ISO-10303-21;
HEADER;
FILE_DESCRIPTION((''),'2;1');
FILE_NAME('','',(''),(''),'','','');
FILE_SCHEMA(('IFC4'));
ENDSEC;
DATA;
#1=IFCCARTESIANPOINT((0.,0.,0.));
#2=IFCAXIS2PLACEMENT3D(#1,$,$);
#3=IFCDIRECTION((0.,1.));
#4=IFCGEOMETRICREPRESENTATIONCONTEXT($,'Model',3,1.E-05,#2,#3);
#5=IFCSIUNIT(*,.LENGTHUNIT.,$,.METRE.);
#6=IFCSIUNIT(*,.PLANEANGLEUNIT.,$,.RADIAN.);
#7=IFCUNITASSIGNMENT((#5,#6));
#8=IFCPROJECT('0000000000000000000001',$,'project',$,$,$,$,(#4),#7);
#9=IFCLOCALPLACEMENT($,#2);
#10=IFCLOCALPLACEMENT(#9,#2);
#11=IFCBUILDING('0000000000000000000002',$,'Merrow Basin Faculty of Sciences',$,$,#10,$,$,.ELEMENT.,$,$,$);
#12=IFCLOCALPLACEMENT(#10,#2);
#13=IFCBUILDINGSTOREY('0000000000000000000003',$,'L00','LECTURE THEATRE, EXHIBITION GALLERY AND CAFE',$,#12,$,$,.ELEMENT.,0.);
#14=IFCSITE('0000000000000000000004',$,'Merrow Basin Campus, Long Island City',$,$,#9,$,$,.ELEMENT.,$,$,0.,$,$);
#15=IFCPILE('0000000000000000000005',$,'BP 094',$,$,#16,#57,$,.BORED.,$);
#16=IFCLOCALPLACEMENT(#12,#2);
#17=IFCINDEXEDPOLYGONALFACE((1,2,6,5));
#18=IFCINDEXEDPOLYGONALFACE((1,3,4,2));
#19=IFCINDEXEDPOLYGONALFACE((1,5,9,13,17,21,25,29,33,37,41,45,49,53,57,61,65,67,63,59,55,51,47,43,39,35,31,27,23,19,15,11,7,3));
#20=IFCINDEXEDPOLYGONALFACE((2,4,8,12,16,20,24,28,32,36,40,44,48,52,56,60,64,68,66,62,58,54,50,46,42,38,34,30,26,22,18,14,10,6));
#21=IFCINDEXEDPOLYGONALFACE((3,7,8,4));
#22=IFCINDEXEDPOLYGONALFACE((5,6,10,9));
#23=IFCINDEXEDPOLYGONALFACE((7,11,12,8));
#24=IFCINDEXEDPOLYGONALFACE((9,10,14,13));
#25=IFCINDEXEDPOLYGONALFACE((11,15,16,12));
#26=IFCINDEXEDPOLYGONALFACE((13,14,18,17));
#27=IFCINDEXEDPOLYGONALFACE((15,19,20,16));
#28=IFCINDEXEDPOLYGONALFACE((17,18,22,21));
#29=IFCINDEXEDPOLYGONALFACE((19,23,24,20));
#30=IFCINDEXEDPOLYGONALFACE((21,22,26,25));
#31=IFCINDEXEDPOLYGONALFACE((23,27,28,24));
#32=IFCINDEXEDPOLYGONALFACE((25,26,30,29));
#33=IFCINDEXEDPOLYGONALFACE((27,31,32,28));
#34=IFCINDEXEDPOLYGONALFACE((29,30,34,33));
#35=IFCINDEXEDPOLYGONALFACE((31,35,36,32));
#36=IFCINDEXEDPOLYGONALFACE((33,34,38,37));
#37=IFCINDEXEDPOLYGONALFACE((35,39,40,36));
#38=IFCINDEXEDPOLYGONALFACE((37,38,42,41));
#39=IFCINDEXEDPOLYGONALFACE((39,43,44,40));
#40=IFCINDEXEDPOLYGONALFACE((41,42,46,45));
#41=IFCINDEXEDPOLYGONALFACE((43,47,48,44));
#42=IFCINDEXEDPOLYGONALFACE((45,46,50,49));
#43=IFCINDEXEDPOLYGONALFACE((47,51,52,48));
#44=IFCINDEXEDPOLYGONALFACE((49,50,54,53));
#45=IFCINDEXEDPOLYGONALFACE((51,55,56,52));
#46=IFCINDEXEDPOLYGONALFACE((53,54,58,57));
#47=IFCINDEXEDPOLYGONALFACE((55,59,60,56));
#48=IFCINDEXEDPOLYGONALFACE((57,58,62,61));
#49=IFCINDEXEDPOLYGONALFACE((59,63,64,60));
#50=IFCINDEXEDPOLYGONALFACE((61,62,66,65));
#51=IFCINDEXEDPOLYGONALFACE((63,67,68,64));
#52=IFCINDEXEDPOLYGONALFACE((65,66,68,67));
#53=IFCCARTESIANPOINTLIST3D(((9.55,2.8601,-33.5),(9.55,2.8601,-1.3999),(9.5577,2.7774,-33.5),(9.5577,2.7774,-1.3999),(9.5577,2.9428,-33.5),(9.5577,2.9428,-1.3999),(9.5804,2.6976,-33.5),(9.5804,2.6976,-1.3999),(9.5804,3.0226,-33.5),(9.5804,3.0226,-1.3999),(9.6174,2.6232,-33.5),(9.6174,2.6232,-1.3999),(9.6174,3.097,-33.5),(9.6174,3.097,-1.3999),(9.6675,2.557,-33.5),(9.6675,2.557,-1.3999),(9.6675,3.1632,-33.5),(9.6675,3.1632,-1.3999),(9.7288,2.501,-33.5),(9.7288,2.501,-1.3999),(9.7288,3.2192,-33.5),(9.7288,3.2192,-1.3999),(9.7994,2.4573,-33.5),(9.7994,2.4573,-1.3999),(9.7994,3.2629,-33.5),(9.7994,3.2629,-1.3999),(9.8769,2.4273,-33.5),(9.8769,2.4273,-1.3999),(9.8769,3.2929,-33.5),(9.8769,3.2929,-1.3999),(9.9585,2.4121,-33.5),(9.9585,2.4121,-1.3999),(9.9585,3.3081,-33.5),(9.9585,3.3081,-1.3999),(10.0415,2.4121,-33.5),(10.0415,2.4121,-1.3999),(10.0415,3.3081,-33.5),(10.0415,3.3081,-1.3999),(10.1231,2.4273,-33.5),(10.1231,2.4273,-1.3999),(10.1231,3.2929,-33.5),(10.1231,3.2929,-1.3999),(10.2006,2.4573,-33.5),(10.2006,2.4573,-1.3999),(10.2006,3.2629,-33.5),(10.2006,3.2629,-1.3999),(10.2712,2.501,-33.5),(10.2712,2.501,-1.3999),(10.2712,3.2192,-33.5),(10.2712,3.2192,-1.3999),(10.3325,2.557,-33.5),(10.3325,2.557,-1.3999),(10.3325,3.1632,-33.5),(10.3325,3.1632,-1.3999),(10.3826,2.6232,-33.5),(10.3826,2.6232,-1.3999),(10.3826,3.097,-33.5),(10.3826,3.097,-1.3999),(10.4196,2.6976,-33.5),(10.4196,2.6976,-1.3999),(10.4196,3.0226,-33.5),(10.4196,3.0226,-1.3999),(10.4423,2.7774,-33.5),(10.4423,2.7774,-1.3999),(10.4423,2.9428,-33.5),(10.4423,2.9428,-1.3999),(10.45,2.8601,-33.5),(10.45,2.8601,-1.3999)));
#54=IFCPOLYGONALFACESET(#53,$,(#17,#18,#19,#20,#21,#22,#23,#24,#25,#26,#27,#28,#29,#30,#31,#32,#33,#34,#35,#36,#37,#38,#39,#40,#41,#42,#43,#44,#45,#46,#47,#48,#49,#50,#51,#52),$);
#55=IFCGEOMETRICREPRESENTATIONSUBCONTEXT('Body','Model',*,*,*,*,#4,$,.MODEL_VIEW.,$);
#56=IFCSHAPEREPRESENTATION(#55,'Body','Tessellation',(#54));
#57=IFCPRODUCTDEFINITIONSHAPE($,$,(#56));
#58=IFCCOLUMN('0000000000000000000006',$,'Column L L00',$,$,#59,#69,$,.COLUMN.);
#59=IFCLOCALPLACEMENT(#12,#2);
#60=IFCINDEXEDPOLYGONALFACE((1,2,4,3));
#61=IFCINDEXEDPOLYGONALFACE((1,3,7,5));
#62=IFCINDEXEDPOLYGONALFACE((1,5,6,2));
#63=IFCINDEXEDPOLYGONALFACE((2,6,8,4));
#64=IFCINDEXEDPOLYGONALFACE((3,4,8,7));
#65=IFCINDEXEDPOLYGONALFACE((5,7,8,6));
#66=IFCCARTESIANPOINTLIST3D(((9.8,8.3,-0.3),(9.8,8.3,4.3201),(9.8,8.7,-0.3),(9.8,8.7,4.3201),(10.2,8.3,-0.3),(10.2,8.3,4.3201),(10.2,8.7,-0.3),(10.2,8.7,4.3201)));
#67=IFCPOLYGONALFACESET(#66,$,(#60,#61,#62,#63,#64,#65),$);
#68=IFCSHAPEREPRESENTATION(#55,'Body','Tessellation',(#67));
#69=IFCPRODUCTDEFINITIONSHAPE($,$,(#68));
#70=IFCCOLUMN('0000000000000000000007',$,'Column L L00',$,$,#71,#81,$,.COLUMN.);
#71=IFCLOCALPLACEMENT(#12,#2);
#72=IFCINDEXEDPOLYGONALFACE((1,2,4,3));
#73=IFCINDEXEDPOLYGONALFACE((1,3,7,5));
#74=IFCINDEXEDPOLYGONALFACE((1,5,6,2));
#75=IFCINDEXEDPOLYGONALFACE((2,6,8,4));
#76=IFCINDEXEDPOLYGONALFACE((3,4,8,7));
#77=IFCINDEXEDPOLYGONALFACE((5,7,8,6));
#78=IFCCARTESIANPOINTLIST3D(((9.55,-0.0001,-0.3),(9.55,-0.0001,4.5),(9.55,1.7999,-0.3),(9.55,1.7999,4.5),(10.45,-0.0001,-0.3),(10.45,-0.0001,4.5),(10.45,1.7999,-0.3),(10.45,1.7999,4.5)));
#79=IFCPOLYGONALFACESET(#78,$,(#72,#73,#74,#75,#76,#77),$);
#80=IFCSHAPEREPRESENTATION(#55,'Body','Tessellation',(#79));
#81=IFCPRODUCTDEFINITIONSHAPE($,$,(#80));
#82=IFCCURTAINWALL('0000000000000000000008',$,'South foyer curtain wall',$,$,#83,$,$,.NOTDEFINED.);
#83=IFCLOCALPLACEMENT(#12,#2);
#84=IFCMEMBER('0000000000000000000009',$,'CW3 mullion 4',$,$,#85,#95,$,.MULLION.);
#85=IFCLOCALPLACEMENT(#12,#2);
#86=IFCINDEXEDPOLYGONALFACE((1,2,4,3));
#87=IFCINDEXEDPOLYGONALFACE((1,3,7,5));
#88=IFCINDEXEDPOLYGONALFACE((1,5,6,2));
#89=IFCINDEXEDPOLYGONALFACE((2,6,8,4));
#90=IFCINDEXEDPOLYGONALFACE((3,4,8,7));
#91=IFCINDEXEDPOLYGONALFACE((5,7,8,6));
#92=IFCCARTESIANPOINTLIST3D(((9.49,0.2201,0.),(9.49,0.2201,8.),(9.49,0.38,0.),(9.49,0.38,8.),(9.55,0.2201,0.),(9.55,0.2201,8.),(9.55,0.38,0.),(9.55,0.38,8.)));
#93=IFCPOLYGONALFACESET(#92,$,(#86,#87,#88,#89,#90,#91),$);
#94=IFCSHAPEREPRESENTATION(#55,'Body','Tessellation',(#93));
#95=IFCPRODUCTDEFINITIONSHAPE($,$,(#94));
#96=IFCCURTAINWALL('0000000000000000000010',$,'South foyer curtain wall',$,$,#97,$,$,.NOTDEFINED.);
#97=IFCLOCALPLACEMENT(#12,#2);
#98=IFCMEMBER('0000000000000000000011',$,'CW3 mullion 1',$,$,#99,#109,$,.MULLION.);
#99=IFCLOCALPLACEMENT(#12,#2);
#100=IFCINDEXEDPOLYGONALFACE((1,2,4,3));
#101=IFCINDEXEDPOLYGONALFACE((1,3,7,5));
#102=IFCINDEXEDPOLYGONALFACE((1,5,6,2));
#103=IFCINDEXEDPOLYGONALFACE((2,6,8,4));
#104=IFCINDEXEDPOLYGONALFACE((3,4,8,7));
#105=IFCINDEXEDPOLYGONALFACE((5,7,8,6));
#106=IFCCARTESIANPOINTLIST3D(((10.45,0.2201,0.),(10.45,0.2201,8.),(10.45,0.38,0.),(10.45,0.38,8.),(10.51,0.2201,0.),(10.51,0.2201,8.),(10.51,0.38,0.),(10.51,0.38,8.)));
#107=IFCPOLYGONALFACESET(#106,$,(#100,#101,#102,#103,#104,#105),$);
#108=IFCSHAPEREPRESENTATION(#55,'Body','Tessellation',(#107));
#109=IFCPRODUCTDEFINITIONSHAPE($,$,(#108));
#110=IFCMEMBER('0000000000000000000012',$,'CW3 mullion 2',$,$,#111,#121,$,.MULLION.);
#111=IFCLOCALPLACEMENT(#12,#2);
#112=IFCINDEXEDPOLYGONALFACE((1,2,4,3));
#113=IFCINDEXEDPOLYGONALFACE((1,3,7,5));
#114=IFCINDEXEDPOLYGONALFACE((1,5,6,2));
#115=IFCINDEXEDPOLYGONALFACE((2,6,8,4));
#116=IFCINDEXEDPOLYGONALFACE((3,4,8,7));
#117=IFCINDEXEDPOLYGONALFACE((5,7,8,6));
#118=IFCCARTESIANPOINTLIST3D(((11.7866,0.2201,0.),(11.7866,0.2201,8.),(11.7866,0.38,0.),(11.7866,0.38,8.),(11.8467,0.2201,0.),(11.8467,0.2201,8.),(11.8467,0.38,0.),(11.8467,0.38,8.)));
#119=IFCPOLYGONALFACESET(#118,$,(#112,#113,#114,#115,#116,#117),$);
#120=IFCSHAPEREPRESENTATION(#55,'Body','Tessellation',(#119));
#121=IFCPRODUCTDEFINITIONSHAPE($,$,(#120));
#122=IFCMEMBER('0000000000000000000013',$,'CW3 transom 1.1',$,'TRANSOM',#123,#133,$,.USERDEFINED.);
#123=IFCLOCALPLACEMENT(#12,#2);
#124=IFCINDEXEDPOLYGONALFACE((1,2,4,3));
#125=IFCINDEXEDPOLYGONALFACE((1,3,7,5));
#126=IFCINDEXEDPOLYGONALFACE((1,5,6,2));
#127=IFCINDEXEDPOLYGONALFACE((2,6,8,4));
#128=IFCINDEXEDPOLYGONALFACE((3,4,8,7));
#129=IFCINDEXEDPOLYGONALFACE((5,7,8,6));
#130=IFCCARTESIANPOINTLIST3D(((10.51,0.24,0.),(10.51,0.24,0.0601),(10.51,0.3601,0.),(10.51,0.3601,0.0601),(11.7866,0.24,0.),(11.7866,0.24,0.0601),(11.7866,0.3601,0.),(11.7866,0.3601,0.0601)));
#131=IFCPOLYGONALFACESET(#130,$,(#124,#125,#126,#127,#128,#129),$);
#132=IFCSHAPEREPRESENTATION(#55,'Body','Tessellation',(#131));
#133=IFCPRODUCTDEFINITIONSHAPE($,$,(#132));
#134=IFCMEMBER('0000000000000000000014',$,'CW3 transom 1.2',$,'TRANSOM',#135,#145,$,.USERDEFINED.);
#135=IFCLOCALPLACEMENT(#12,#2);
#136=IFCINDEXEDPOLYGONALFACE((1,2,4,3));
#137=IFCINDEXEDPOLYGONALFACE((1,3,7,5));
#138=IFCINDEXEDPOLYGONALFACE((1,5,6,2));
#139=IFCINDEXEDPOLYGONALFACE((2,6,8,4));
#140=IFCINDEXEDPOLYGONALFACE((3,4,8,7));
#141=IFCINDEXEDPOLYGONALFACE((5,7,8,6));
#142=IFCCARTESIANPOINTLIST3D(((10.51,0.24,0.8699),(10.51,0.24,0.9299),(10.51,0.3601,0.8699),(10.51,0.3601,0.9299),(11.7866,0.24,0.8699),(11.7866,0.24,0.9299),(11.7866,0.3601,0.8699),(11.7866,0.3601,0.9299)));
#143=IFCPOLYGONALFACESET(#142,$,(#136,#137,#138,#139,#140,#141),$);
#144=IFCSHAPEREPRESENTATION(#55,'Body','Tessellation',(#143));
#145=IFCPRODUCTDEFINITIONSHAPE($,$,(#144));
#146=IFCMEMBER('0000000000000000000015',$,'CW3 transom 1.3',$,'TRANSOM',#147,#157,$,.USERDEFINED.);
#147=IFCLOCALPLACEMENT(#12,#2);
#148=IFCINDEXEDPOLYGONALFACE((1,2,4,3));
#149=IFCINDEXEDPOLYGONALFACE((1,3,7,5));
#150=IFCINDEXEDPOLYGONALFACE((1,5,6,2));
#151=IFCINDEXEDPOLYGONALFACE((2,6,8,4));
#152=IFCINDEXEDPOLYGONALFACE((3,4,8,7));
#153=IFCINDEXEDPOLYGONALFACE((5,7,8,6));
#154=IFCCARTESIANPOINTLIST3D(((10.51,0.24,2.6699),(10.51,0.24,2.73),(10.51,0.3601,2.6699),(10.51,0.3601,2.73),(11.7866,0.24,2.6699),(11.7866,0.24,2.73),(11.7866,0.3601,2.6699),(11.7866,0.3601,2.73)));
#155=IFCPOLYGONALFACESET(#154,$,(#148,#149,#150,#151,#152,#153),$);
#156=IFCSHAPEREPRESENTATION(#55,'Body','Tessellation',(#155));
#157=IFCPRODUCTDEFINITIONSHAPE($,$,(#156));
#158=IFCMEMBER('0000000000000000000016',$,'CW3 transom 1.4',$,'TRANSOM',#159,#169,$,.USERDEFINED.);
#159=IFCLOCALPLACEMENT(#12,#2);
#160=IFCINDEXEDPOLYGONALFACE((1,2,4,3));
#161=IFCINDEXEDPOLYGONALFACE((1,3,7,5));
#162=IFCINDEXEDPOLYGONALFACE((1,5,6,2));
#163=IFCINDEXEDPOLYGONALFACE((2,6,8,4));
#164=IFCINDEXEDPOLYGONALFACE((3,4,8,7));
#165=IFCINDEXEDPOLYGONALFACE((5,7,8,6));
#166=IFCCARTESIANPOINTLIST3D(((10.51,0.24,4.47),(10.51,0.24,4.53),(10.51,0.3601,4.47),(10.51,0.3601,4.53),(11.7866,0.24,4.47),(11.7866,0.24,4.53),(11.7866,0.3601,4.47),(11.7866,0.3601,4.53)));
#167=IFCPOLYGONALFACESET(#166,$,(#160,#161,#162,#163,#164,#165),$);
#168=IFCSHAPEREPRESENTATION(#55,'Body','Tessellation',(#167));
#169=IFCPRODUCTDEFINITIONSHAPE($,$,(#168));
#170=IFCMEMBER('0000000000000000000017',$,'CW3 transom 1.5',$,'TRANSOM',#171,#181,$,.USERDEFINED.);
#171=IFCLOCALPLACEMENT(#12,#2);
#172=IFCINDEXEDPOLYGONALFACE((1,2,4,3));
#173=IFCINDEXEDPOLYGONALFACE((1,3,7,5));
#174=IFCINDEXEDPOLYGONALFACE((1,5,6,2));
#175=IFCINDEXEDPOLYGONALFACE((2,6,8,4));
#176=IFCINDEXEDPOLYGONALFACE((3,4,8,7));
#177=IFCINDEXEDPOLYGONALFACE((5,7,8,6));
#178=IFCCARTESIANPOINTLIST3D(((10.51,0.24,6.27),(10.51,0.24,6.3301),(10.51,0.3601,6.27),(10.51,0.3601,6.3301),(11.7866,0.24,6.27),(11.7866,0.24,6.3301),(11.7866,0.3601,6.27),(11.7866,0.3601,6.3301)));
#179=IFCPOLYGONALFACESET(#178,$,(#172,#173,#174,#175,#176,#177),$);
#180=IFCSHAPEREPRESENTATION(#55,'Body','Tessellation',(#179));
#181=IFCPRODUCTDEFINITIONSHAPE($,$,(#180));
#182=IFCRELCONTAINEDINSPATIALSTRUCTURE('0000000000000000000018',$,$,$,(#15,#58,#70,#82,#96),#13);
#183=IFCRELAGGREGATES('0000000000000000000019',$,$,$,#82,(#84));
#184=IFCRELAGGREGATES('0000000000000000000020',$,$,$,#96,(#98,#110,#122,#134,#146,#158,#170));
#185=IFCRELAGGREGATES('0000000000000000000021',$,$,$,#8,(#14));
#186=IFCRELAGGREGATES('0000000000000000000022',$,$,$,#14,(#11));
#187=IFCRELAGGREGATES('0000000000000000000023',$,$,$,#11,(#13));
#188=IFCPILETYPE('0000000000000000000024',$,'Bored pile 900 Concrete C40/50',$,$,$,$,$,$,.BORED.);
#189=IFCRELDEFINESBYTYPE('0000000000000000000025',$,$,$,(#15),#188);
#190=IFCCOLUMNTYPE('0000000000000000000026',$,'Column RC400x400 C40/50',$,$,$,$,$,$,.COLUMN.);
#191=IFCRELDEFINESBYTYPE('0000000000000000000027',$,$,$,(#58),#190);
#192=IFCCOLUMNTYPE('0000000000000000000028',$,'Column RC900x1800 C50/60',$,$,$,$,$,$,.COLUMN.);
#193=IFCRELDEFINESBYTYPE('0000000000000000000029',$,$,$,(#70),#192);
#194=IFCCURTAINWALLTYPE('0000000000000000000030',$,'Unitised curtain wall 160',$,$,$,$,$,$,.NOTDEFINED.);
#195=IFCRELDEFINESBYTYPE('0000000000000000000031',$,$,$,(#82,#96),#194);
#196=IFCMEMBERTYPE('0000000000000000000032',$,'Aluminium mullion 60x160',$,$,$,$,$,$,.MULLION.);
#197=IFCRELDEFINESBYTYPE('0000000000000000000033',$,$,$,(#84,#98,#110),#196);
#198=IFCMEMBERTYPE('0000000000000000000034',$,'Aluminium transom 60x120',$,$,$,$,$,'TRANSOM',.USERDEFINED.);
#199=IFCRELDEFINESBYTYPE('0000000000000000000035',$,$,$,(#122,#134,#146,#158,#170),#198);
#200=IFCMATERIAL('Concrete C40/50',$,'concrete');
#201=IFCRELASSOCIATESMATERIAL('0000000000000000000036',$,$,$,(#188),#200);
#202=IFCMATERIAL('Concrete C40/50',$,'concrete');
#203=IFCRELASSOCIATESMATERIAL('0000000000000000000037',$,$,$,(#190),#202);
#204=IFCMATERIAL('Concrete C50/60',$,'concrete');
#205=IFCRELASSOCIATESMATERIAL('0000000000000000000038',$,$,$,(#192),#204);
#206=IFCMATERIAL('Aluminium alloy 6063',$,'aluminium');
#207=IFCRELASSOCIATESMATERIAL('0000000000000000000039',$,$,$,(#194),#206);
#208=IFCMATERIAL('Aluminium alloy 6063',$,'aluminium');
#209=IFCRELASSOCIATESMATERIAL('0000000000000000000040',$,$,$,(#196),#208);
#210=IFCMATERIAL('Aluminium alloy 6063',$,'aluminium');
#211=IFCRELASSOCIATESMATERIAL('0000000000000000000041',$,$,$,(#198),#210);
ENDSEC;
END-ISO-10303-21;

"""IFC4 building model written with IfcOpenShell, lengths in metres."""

from ifc_helpers import new_model, si_unit, direction, frame, origin, origin_2d, place, context, subcontext, project, spatial, rectangle, circle, extrude, material, material_profile, profile_set, type_object, element, aggregate, save


model = new_model("IFC4")

# Units and contexts
model_context = context("Model", 3, precision=1e-05, world=origin(), true_north=direction((0.0, 1.0)))
body_context = subcontext(model_context, "Body", "Model", "MODEL_VIEW")
ifc_project = project(units=[si_unit("LENGTHUNIT", "METRE"), si_unit("PLANEANGLEUNIT", "RADIAN")], contexts=[model_context])

# Site, building, storey
site_placement = place(None, origin())
site = spatial("IfcSite", under=ifc_project, at=site_placement, Name="Merrow Basin Campus, Long Island City", CompositionType="ELEMENT", RefElevation=0.0)
building_placement = place(site_placement, origin())
building = spatial("IfcBuilding", under=site, at=building_placement, Name="Merrow Basin Faculty of Sciences", CompositionType="ELEMENT")
storey_placement = place(building_placement, origin())
storey = spatial("IfcBuildingStorey", under=building, at=storey_placement, Name="L00", Description="LECTURE THEATRE, EXHIBITION GALLERY AND CAFE", CompositionType="ELEMENT", Elevation=0.0)

# Pile
ifc_material_1 = material(Name="Concrete C40/50", Category="concrete")
ifc_material_profile_1 = material_profile(ifc_material_1, circle(Radius=0.45, at=origin_2d()))
ifc_profile_set_1 = profile_set([ifc_material_profile_1], Name="Concrete C40/50")
pile_type_1 = type_object("IfcPileType", Name="Bored pile 900 Concrete C40/50", PredefinedType="BORED", material=ifc_profile_set_1)
for number, where, z_axis, x_axis, name in (
    (1, (10.0, 2.8601, -1.3999), (0.0, 0.0, -1.0), (1.0, 0.0, 0.0), "BP 094"),
):
    element("IfcPile", number, at=place(storey_placement, frame(where, z_axis=z_axis, x_axis=x_axis)), inside=storey, type_object=pile_type_1, Name=name, PredefinedType="BORED", context=body_context, shape_type="SweptSolid", body=[
        extrude(circle(Radius=0.45, at=origin_2d()), origin(), (0.0, 0.0, 1.0), 32.1001),
    ])

# Columns
ifc_material_2 = material(Name="Concrete C40/50", Category="concrete")
ifc_material_profile_2 = material_profile(ifc_material_2, rectangle(XDim=0.3999, YDim=0.3999, at=origin_2d()))
ifc_profile_set_2 = profile_set([ifc_material_profile_2], Name="Concrete C40/50")
column_type_1 = type_object("IfcColumnType", Name="Column RC400x400 C40/50", PredefinedType="COLUMN", material=ifc_profile_set_2)
column_1_placement = place(storey_placement, frame((10.0, 8.5, -0.3), z_axis=(0.0, 0.0, 1.0), x_axis=(1.0, 0.0, 0.0)))
element("IfcColumn", 2, at=column_1_placement, inside=storey, type_object=column_type_1, Name="Column L L00", PredefinedType="COLUMN", context=body_context, shape_type="SweptSolid", body=[
    extrude(rectangle(XDim=0.3999, YDim=0.3999, at=origin_2d()), origin(), (0.0, 0.0, 1.0), 4.6201),
])
ifc_material_3 = material(Name="Concrete C50/60", Category="concrete")
ifc_material_profile_3 = material_profile(ifc_material_3, rectangle(XDim=0.8999, YDim=1.8, at=origin_2d()))
ifc_profile_set_3 = profile_set([ifc_material_profile_3], Name="Concrete C50/60")
column_type_2 = type_object("IfcColumnType", Name="Column RC900x1800 C50/60", PredefinedType="COLUMN", material=ifc_profile_set_3)
column_2_placement = place(storey_placement, frame((10.0, 0.8999, -0.3), z_axis=(0.0, 0.0, 1.0), x_axis=(1.0, 0.0, 0.0)))
element("IfcColumn", 3, at=column_2_placement, inside=storey, type_object=column_type_2, Name="Column L L00", PredefinedType="COLUMN", context=body_context, shape_type="SweptSolid", body=[
    extrude(rectangle(XDim=0.8999, YDim=1.8, at=origin_2d()), origin(), (0.0, 0.0, 1.0), 4.8),
])

# Curtain wall, member
ifc_material_4 = material(Name="Aluminium alloy 6063", Category="aluminium")
curtain_wall_type = type_object("IfcCurtainWallType", Name="Unitised curtain wall 160", PredefinedType="NOTDEFINED", material=ifc_material_4)
curtain_wall_1_placement = place(storey_placement, origin())
curtain_wall_1 = element("IfcCurtainWall", 4, at=curtain_wall_1_placement, inside=storey, type_object=curtain_wall_type, Name="South foyer curtain wall", PredefinedType="NOTDEFINED")
ifc_material_5 = material(Name="Aluminium alloy 6063", Category="aluminium")
ifc_material_profile_4 = material_profile(ifc_material_5, rectangle(XDim=0.1599, YDim=0.0601, at=origin_2d()))
ifc_profile_set_4 = profile_set([ifc_material_profile_4], Name="Aluminium alloy 6063")
member_type_1 = type_object("IfcMemberType", Name="Aluminium mullion 60x160", PredefinedType="MULLION", material=ifc_profile_set_4)
member_1_placement = place(storey_placement, frame((9.52, 0.3, 0.0), z_axis=(0.0, 0.0, 1.0), x_axis=(0.0, 1.0, 0.0)))
member_1 = element("IfcMember", 5, at=member_1_placement, type_object=member_type_1, Name="CW3 mullion 4", PredefinedType="MULLION", context=body_context, shape_type="SweptSolid", body=[
    extrude(rectangle(XDim=0.1599, YDim=0.0601, at=origin_2d()), origin(), (0.0, 0.0, 1.0), 8.0),
])

# Curtain wall, members
curtain_wall_2_placement = place(storey_placement, origin())
curtain_wall_2 = element("IfcCurtainWall", 6, at=curtain_wall_2_placement, inside=storey, type_object=curtain_wall_type, Name="South foyer curtain wall", PredefinedType="NOTDEFINED")
member_2_placement = place(storey_placement, frame((10.48, 0.3, 0.0), z_axis=(0.0, 0.0, 1.0), x_axis=(0.0, 1.0, 0.0)))
member_2 = element("IfcMember", 7, at=member_2_placement, type_object=member_type_1, Name="CW3 mullion 1", PredefinedType="MULLION", context=body_context, shape_type="SweptSolid", body=[
    extrude(rectangle(XDim=0.1599, YDim=0.0601, at=origin_2d()), origin(), (0.0, 0.0, 1.0), 8.0),
])
member_3_placement = place(storey_placement, frame((11.8167, 0.3, 0.0), z_axis=(0.0, 0.0, 1.0), x_axis=(0.0, 1.0, 0.0)))
member_3 = element("IfcMember", 8, at=member_3_placement, type_object=member_type_1, Name="CW3 mullion 2", PredefinedType="MULLION", context=body_context, shape_type="SweptSolid", body=[
    extrude(rectangle(XDim=0.1599, YDim=0.0601, at=origin_2d()), origin(), (0.0, 0.0, 1.0), 8.0),
])
ifc_material_6 = material(Name="Aluminium alloy 6063", Category="aluminium")
ifc_material_profile_5 = material_profile(ifc_material_6, rectangle(XDim=0.1201, YDim=0.0601, at=origin_2d()))
ifc_profile_set_5 = profile_set([ifc_material_profile_5], Name="Aluminium alloy 6063")
member_type_2 = type_object("IfcMemberType", Name="Aluminium transom 60x120", ElementType="TRANSOM", PredefinedType="USERDEFINED", material=ifc_profile_set_5)
member_4_placement = place(storey_placement, frame((10.51, 0.3, 0.03), z_axis=(1.0, 0.0, 0.0), x_axis=(0.0, 1.0, 0.0)))
member_4 = element("IfcMember", 9, at=member_4_placement, type_object=member_type_2, Name="CW3 transom 1.1", ObjectType="TRANSOM", PredefinedType="USERDEFINED", context=body_context, shape_type="SweptSolid", body=[
    extrude(rectangle(XDim=0.1201, YDim=0.0601, at=origin_2d()), origin(), (0.0, 0.0, 1.0), 1.2766),
])
member_5_placement = place(storey_placement, frame((10.51, 0.3, 0.8999), z_axis=(1.0, 0.0, 0.0), x_axis=(0.0, 1.0, 0.0)))
member_5 = element("IfcMember", 10, at=member_5_placement, type_object=member_type_2, Name="CW3 transom 1.2", ObjectType="TRANSOM", PredefinedType="USERDEFINED", context=body_context, shape_type="SweptSolid", body=[
    extrude(rectangle(XDim=0.1201, YDim=0.0601, at=origin_2d()), origin(), (0.0, 0.0, 1.0), 1.2766),
])
member_6_placement = place(storey_placement, frame((10.51, 0.3, 2.7), z_axis=(1.0, 0.0, 0.0), x_axis=(0.0, 1.0, 0.0)))
member_6 = element("IfcMember", 11, at=member_6_placement, type_object=member_type_2, Name="CW3 transom 1.3", ObjectType="TRANSOM", PredefinedType="USERDEFINED", context=body_context, shape_type="SweptSolid", body=[
    extrude(rectangle(XDim=0.1201, YDim=0.0601, at=origin_2d()), origin(), (0.0, 0.0, 1.0), 1.2766),
])
member_7_placement = place(storey_placement, frame((10.51, 0.3, 4.5), z_axis=(1.0, 0.0, 0.0), x_axis=(0.0, 1.0, 0.0)))
member_7 = element("IfcMember", 12, at=member_7_placement, type_object=member_type_2, Name="CW3 transom 1.4", ObjectType="TRANSOM", PredefinedType="USERDEFINED", context=body_context, shape_type="SweptSolid", body=[
    extrude(rectangle(XDim=0.1201, YDim=0.0601, at=origin_2d()), origin(), (0.0, 0.0, 1.0), 1.2766),
])
member_8_placement = place(storey_placement, frame((10.51, 0.3, 6.3), z_axis=(1.0, 0.0, 0.0), x_axis=(0.0, 1.0, 0.0)))
member_8 = element("IfcMember", 13, at=member_8_placement, type_object=member_type_2, Name="CW3 transom 1.5", ObjectType="TRANSOM", PredefinedType="USERDEFINED", context=body_context, shape_type="SweptSolid", body=[
    extrude(rectangle(XDim=0.1201, YDim=0.0601, at=origin_2d()), origin(), (0.0, 0.0, 1.0), 1.2766),
])

aggregate(curtain_wall_1, [member_1])
aggregate(curtain_wall_2, [member_2, member_3, member_4, member_5, member_6, member_7, member_8])

save(model, "model.ifc")
